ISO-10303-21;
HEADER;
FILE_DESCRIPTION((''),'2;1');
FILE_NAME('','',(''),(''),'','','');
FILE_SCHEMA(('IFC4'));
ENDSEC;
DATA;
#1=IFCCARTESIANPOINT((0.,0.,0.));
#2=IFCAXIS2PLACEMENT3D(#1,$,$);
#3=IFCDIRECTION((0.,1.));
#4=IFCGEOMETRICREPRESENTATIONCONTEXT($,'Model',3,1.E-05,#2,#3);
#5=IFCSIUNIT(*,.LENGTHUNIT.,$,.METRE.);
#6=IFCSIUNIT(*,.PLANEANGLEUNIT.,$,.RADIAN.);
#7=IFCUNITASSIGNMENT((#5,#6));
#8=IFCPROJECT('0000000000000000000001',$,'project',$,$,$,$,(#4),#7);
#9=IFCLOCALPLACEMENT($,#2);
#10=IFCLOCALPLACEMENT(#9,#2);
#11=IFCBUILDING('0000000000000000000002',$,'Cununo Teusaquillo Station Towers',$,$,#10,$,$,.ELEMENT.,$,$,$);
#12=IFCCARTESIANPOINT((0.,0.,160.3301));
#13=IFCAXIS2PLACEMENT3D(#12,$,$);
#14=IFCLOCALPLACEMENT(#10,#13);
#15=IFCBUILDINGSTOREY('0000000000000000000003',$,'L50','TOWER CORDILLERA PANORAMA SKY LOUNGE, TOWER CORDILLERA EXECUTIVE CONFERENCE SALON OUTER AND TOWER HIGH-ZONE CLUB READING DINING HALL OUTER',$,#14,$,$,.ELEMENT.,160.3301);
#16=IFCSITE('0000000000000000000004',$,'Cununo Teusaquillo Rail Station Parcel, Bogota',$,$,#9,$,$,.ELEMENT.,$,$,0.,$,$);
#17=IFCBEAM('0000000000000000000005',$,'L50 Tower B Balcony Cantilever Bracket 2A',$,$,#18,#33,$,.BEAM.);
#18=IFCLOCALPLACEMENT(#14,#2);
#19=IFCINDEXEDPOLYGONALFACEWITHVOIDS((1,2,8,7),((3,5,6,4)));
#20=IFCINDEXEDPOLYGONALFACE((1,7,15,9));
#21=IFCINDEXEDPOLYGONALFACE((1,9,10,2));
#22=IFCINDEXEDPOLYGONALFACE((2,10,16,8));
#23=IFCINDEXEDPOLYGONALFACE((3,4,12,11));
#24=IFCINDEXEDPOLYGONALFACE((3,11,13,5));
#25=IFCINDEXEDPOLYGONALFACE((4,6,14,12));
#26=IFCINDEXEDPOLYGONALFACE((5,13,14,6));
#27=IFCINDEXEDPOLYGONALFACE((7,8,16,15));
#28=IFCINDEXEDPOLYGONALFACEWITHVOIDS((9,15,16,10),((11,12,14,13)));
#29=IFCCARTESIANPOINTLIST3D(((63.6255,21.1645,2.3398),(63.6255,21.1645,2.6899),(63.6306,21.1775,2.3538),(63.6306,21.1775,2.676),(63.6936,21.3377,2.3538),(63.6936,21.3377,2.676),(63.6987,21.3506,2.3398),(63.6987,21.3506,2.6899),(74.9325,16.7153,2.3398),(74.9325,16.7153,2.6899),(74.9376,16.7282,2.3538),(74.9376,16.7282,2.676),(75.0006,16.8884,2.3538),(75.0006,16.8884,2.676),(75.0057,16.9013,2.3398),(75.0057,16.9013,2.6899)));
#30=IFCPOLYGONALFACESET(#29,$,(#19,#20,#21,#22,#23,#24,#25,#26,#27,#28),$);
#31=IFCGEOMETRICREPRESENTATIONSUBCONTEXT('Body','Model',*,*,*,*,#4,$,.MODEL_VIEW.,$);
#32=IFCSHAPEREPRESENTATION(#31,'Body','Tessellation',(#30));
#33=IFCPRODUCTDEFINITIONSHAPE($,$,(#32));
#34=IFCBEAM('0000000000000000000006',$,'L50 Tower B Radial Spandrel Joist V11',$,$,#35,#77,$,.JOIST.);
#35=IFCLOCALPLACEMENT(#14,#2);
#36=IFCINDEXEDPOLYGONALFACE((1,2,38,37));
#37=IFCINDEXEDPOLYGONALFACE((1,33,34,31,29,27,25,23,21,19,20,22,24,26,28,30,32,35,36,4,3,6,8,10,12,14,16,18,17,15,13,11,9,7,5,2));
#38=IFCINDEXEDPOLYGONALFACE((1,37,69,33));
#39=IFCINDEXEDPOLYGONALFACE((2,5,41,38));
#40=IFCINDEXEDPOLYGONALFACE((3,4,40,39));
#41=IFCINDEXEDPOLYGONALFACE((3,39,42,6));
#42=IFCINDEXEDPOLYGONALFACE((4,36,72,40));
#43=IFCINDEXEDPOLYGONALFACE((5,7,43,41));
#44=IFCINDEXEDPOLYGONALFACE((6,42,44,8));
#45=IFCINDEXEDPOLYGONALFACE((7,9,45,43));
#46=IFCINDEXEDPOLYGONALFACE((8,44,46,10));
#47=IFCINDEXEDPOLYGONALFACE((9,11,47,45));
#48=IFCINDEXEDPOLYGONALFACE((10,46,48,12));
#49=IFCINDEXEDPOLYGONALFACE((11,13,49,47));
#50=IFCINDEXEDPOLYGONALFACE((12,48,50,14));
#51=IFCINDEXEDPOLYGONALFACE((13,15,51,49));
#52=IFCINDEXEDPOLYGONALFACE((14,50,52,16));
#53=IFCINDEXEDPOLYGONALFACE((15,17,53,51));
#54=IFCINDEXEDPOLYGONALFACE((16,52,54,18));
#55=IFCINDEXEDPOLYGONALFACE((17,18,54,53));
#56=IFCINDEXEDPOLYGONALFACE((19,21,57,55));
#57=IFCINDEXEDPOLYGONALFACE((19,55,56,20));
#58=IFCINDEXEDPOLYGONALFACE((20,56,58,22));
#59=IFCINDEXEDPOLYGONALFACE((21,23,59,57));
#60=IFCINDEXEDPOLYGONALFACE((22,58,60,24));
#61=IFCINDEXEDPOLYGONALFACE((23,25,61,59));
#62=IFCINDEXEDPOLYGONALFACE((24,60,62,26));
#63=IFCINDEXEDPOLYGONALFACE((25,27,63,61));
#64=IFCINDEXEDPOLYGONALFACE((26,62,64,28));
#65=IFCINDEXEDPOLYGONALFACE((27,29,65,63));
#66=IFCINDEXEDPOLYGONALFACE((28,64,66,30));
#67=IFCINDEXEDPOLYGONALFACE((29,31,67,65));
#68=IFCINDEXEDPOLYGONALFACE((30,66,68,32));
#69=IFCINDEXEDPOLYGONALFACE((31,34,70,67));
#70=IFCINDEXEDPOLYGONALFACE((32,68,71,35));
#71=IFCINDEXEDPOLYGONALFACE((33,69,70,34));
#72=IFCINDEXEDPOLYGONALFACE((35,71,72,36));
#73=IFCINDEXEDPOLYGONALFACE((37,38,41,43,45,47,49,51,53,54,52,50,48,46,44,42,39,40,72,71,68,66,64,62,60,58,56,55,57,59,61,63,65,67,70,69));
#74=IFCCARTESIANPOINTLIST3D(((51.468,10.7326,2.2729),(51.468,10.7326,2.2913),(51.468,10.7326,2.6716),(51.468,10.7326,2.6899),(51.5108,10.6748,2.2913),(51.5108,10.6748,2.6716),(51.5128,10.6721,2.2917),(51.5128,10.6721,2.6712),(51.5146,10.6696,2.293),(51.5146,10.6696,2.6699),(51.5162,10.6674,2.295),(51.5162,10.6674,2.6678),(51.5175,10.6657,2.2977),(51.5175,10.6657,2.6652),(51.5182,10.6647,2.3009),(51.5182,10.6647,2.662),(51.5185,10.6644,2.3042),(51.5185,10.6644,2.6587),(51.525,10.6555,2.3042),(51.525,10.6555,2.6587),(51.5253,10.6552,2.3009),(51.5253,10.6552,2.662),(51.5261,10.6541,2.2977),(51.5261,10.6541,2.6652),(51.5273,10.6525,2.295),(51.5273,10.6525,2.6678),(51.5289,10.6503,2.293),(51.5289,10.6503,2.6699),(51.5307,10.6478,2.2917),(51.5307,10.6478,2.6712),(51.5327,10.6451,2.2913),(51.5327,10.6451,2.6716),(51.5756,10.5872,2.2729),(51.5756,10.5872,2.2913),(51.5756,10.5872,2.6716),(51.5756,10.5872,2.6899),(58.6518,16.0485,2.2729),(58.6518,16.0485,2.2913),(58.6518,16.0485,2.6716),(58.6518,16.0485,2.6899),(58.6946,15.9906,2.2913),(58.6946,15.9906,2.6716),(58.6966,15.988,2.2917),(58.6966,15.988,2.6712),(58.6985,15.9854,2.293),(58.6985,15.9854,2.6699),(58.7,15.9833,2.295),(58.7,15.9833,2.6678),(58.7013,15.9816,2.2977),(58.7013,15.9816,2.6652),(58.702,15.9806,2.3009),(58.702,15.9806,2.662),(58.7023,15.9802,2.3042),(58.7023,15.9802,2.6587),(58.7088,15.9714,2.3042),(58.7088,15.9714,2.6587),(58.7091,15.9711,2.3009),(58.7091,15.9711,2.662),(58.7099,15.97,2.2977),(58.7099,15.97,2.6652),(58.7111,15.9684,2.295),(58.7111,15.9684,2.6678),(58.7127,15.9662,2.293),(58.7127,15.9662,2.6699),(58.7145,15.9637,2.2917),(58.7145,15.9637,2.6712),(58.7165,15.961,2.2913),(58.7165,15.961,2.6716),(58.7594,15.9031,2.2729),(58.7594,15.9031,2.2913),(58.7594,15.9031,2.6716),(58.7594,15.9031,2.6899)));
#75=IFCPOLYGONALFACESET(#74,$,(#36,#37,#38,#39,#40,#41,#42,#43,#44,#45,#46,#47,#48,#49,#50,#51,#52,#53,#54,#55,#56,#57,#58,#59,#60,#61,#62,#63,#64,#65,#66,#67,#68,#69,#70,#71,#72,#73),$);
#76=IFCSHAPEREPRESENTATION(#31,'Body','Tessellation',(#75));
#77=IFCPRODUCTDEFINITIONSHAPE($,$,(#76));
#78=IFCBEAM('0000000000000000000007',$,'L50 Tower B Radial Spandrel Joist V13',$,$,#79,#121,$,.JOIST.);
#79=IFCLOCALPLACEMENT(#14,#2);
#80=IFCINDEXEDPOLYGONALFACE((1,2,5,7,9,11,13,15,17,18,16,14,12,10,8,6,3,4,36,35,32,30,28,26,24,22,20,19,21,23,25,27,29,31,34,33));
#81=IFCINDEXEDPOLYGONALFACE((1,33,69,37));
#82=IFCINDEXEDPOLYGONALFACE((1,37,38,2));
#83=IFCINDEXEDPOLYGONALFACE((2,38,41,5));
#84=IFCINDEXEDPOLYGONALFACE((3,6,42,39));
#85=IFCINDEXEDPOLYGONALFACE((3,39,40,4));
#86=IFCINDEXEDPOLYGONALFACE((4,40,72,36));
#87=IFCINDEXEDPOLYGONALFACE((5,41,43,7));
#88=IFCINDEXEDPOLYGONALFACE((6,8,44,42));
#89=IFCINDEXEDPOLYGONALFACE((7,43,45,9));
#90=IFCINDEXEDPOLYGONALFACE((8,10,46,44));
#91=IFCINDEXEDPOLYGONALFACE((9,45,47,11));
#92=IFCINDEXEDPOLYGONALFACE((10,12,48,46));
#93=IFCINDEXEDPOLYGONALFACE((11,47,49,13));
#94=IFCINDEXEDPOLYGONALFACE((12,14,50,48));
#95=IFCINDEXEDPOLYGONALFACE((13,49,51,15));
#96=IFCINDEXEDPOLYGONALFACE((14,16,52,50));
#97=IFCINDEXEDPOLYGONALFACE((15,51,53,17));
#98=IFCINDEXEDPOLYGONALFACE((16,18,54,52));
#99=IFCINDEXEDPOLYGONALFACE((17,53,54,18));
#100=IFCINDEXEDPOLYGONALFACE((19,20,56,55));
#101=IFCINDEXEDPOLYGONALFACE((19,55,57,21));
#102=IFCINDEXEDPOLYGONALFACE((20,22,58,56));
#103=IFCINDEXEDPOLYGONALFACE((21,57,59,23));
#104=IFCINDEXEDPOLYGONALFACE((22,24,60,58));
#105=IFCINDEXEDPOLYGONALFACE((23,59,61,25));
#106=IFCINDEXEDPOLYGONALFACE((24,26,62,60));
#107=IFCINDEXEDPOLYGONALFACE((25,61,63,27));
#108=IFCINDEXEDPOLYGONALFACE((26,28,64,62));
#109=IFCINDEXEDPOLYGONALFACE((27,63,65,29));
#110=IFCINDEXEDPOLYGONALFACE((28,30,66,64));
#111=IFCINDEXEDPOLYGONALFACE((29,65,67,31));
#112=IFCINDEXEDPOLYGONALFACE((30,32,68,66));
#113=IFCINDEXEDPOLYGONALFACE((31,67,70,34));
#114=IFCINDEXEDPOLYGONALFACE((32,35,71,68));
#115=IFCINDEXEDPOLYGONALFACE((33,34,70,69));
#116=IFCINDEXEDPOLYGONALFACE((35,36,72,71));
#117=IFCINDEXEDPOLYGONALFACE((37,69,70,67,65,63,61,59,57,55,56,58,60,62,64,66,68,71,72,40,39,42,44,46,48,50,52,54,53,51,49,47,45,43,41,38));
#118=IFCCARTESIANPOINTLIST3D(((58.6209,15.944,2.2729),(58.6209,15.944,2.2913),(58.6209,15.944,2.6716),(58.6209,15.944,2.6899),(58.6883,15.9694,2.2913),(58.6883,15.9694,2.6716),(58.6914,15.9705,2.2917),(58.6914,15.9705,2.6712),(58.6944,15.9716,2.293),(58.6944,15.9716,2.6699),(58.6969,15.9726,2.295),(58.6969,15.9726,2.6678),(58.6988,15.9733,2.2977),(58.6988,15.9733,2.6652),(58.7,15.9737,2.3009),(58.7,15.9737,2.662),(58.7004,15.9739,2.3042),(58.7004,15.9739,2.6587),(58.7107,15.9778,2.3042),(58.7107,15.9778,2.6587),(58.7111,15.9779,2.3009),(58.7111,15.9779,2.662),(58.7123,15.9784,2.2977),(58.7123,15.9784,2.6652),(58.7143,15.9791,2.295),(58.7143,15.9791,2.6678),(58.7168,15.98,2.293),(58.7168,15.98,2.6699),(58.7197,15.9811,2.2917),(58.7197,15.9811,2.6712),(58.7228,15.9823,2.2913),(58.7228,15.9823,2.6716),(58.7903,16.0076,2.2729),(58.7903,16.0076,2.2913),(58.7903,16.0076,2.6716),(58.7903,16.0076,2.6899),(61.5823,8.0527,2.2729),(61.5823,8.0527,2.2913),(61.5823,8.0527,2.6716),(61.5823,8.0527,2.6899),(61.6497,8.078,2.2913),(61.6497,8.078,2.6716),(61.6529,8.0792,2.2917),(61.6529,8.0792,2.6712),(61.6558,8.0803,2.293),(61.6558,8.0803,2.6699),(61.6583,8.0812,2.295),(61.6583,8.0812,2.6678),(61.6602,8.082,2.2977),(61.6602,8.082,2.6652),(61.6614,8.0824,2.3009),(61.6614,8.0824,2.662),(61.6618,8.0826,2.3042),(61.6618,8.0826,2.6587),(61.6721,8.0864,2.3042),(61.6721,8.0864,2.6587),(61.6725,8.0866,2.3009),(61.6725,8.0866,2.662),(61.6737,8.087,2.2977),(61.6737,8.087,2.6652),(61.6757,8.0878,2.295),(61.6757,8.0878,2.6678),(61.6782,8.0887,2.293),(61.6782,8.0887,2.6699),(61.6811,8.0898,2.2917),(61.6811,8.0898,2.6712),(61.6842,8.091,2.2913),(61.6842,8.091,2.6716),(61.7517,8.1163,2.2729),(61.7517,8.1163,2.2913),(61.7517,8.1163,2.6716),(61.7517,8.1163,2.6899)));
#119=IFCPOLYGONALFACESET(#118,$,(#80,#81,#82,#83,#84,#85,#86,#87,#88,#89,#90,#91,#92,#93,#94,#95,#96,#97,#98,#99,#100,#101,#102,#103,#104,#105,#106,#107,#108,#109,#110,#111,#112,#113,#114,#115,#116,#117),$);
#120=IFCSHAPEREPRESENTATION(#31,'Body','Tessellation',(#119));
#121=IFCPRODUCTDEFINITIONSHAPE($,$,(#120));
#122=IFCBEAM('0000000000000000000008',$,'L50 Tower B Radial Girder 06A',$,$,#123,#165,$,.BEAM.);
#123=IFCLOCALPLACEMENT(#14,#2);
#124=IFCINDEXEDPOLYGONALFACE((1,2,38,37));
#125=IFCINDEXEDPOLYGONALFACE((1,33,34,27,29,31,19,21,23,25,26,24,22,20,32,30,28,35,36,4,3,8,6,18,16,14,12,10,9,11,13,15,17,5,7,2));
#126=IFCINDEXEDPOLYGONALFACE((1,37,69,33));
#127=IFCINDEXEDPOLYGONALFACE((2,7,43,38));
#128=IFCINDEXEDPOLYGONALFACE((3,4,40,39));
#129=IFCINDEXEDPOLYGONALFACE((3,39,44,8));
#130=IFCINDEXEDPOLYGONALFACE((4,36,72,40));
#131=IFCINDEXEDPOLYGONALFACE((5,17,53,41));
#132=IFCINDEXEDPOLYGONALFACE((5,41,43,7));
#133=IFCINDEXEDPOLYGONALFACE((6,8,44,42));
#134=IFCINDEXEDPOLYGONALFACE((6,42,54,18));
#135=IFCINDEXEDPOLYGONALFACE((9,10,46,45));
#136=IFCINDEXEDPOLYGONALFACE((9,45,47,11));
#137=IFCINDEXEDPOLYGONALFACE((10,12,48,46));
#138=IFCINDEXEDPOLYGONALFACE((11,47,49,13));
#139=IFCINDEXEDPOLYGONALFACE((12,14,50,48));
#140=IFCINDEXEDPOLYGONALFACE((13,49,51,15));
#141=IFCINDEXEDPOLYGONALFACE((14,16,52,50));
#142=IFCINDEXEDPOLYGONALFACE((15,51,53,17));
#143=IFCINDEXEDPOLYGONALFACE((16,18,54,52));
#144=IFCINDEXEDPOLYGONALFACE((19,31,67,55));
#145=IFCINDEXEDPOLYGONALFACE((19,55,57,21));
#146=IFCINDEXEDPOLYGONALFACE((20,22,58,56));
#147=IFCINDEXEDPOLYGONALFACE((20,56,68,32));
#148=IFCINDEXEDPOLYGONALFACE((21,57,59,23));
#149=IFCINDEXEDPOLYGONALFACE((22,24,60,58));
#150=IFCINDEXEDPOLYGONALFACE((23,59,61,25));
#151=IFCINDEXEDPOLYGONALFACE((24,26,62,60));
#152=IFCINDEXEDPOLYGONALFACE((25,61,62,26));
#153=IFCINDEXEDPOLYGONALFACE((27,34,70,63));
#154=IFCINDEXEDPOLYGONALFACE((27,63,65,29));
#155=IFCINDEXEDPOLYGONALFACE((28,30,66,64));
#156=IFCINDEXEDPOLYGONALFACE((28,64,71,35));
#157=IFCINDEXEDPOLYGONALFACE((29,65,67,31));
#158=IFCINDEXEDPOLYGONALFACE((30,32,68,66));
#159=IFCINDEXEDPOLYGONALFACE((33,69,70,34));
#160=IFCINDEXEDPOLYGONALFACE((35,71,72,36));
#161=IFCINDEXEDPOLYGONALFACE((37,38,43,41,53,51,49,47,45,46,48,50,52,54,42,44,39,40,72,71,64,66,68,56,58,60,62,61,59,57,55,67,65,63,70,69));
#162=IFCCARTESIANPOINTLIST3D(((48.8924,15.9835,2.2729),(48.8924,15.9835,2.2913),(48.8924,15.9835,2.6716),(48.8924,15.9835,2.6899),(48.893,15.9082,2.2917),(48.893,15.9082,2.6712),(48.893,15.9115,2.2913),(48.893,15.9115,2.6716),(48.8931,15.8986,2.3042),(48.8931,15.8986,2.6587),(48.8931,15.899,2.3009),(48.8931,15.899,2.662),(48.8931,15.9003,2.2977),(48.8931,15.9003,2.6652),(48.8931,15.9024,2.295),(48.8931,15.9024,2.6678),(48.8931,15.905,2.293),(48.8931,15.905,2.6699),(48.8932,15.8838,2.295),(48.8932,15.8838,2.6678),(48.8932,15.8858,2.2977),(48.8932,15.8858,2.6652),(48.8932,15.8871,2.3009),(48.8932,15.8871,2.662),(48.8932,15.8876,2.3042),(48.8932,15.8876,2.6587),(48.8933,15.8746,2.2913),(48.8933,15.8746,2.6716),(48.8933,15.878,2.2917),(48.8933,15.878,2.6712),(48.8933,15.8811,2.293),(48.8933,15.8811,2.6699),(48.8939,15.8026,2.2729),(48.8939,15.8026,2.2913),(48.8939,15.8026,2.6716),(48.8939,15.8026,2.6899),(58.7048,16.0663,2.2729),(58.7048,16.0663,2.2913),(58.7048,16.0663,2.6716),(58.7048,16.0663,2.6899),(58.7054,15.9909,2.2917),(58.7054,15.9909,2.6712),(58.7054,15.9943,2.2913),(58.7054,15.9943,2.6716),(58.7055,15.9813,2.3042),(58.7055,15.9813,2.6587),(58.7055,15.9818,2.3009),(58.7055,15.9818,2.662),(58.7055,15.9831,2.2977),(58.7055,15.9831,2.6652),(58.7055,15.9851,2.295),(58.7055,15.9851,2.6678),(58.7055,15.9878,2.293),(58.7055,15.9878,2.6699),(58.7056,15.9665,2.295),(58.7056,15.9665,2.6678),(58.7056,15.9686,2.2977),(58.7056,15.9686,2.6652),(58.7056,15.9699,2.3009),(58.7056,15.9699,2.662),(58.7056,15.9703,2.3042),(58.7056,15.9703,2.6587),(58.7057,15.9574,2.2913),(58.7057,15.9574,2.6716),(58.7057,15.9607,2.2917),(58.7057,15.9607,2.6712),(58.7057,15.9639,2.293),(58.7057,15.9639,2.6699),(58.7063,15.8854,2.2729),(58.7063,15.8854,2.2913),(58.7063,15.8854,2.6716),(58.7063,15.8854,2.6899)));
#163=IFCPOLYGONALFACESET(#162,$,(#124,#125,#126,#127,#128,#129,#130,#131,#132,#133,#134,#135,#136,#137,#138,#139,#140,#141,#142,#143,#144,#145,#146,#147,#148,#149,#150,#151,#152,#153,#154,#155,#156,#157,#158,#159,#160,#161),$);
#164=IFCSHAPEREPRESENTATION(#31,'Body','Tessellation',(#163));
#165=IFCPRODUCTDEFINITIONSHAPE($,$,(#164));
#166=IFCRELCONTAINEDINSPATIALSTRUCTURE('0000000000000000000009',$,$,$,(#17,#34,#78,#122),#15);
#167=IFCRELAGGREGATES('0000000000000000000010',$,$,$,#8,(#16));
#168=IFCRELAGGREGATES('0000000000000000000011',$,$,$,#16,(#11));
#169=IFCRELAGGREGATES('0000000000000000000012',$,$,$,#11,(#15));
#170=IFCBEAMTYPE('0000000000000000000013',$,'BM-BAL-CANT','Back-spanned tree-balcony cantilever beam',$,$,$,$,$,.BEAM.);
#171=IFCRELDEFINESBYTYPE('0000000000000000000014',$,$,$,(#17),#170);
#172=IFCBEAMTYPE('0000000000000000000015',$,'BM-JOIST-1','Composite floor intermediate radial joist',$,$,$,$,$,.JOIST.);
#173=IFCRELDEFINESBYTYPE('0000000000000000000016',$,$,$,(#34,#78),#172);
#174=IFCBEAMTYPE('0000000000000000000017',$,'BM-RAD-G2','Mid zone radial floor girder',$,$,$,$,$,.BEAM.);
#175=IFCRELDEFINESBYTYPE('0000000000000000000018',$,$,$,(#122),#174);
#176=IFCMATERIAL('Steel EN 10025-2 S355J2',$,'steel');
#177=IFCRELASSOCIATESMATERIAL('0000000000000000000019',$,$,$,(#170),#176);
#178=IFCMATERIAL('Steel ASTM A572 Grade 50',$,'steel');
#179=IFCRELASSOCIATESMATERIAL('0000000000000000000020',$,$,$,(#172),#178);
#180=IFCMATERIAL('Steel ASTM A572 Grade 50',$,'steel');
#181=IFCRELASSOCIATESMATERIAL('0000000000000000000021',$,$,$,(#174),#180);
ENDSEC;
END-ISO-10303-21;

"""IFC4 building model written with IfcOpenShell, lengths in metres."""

from ifc_helpers import new_model, si_unit, direction, frame, origin, origin_2d, place, context, subcontext, project, spatial, hollow_rectangle, i_section, extrude, material, material_profile, profile_set, type_object, element, save


model = new_model("IFC4")

# Units and contexts
model_context = context("Model", 3, precision=1e-05, world=origin(), true_north=direction((0.0, 1.0)))
body_context = subcontext(model_context, "Body", "Model", "MODEL_VIEW")
ifc_project = project(units=[si_unit("LENGTHUNIT", "METRE"), si_unit("PLANEANGLEUNIT", "RADIAN")], contexts=[model_context])

# Site, building, storey
site_placement = place(None, origin())
site = spatial("IfcSite", under=ifc_project, at=site_placement, Name="Cununo Teusaquillo Rail Station Parcel, Bogota", CompositionType="ELEMENT", RefElevation=0.0)
building_placement = place(site_placement, origin())
building = spatial("IfcBuilding", under=site, at=building_placement, Name="Cununo Teusaquillo Station Towers", CompositionType="ELEMENT")
storey_placement = place(building_placement, frame((0.0, 0.0, 160.3301)))
storey = spatial("IfcBuildingStorey", under=building, at=storey_placement, Name="L50", Description="TOWER CORDILLERA PANORAMA SKY LOUNGE, TOWER CORDILLERA EXECUTIVE CONFERENCE SALON OUTER AND TOWER HIGH-ZONE CLUB READING DINING HALL OUTER", CompositionType="ELEMENT", Elevation=160.3301)

# Beams
ifc_material_1 = material(Name="Steel EN 10025-2 S355J2", Category="steel")
ifc_material_profile_1 = material_profile(ifc_material_1, hollow_rectangle(XDim=0.2, YDim=0.3501, WallThickness=0.0139, at=origin_2d()), Name="RHS 350x200x14")
ifc_profile_set_1 = profile_set([ifc_material_profile_1], Name="Steel EN 10025-2 S355J2")
beam_type_1 = type_object("IfcBeamType", Name="BM-BAL-CANT", Description="Back-spanned tree-balcony cantilever beam", PredefinedType="BEAM", material=ifc_profile_set_1)
beam_1_placement = place(storey_placement, frame((63.6621, 21.2576, 2.5149), z_axis=(0.930549, -0.366168, 0.0), x_axis=(0.366168, 0.930549, 0.0)))
element("IfcBeam", 1, at=beam_1_placement, inside=storey, type_object=beam_type_1, Name="L50 Tower B Balcony Cantilever Bracket 2A", PredefinedType="BEAM", context=body_context, shape_type="SweptSolid", body=[
    extrude(hollow_rectangle(XDim=0.2, YDim=0.3501, WallThickness=0.0139, at=origin_2d()), origin(), (0.0, 0.0, 1.0), 12.1509),
])
ifc_material_2 = material(Name="Steel ASTM A572 Grade 50", Category="steel")
ifc_material_profile_2 = material_profile(ifc_material_2, i_section(OverallWidth=0.1809, OverallDepth=0.417, WebThickness=0.011, FlangeThickness=0.0183, FilletRadius=0.0129, at=origin_2d()), Name="W16X57")
ifc_profile_set_2 = profile_set([ifc_material_profile_2], Name="Steel ASTM A572 Grade 50")
beam_type_2 = type_object("IfcBeamType", Name="BM-JOIST-1", Description="Composite floor intermediate radial joist", PredefinedType="JOIST", material=ifc_profile_set_2)
beam_2_placement = place(storey_placement, frame((58.7056, 15.9758, 2.4814), z_axis=(-0.803848, -0.594834, 0.0), x_axis=(0.594834, -0.803848, 0.0)))
element("IfcBeam", 2, at=beam_2_placement, inside=storey, type_object=beam_type_2, Name="L50 Tower B Radial Spandrel Joist V11", PredefinedType="JOIST", context=body_context, shape_type="SweptSolid", body=[
    extrude(i_section(OverallWidth=0.1809, OverallDepth=0.417, WebThickness=0.011, FlangeThickness=0.0183, FilletRadius=0.0129, at=origin_2d()), origin(), (0.0, 0.0, 1.0), 8.9368),
])
beam_3_placement = place(storey_placement, frame((58.7056, 15.9758, 2.4814), z_axis=(0.351349, -0.936245, 0.0), x_axis=(0.936245, 0.351349, 0.0)))
element("IfcBeam", 3, at=beam_3_placement, inside=storey, type_object=beam_type_2, Name="L50 Tower B Radial Spandrel Joist V13", PredefinedType="JOIST", context=body_context, shape_type="SweptSolid", body=[
    extrude(i_section(OverallWidth=0.1809, OverallDepth=0.417, WebThickness=0.011, FlangeThickness=0.0183, FilletRadius=0.0129, at=origin_2d()), origin(), (0.0, 0.0, 1.0), 8.4287),
])
ifc_material_3 = material(Name="Steel ASTM A572 Grade 50", Category="steel")
ifc_material_profile_3 = material_profile(ifc_material_3, i_section(OverallWidth=0.1809, OverallDepth=0.417, WebThickness=0.011, FlangeThickness=0.0183, FilletRadius=0.0129, at=origin_2d()), Name="W16X57")
ifc_profile_set_3 = profile_set([ifc_material_profile_3], Name="Steel ASTM A572 Grade 50")
beam_type_3 = type_object("IfcBeamType", Name="BM-RAD-G2", Description="Mid zone radial floor girder", PredefinedType="BEAM", material=ifc_profile_set_3)
beam_4_placement = place(storey_placement, frame((58.7056, 15.9758, 2.4814), z_axis=(-0.999964, -0.008434, 0.0), x_axis=(0.008434, -0.999964, 0.0)))
element("IfcBeam", 4, at=beam_4_placement, inside=storey, type_object=beam_type_3, Name="L50 Tower B Radial Girder 06A", PredefinedType="BEAM", context=body_context, shape_type="SweptSolid", body=[
    extrude(i_section(OverallWidth=0.1809, OverallDepth=0.417, WebThickness=0.011, FlangeThickness=0.0183, FilletRadius=0.0129, at=origin_2d()), origin(), (0.0, 0.0, 1.0), 9.8127),
])

save(model, "model.ifc")
